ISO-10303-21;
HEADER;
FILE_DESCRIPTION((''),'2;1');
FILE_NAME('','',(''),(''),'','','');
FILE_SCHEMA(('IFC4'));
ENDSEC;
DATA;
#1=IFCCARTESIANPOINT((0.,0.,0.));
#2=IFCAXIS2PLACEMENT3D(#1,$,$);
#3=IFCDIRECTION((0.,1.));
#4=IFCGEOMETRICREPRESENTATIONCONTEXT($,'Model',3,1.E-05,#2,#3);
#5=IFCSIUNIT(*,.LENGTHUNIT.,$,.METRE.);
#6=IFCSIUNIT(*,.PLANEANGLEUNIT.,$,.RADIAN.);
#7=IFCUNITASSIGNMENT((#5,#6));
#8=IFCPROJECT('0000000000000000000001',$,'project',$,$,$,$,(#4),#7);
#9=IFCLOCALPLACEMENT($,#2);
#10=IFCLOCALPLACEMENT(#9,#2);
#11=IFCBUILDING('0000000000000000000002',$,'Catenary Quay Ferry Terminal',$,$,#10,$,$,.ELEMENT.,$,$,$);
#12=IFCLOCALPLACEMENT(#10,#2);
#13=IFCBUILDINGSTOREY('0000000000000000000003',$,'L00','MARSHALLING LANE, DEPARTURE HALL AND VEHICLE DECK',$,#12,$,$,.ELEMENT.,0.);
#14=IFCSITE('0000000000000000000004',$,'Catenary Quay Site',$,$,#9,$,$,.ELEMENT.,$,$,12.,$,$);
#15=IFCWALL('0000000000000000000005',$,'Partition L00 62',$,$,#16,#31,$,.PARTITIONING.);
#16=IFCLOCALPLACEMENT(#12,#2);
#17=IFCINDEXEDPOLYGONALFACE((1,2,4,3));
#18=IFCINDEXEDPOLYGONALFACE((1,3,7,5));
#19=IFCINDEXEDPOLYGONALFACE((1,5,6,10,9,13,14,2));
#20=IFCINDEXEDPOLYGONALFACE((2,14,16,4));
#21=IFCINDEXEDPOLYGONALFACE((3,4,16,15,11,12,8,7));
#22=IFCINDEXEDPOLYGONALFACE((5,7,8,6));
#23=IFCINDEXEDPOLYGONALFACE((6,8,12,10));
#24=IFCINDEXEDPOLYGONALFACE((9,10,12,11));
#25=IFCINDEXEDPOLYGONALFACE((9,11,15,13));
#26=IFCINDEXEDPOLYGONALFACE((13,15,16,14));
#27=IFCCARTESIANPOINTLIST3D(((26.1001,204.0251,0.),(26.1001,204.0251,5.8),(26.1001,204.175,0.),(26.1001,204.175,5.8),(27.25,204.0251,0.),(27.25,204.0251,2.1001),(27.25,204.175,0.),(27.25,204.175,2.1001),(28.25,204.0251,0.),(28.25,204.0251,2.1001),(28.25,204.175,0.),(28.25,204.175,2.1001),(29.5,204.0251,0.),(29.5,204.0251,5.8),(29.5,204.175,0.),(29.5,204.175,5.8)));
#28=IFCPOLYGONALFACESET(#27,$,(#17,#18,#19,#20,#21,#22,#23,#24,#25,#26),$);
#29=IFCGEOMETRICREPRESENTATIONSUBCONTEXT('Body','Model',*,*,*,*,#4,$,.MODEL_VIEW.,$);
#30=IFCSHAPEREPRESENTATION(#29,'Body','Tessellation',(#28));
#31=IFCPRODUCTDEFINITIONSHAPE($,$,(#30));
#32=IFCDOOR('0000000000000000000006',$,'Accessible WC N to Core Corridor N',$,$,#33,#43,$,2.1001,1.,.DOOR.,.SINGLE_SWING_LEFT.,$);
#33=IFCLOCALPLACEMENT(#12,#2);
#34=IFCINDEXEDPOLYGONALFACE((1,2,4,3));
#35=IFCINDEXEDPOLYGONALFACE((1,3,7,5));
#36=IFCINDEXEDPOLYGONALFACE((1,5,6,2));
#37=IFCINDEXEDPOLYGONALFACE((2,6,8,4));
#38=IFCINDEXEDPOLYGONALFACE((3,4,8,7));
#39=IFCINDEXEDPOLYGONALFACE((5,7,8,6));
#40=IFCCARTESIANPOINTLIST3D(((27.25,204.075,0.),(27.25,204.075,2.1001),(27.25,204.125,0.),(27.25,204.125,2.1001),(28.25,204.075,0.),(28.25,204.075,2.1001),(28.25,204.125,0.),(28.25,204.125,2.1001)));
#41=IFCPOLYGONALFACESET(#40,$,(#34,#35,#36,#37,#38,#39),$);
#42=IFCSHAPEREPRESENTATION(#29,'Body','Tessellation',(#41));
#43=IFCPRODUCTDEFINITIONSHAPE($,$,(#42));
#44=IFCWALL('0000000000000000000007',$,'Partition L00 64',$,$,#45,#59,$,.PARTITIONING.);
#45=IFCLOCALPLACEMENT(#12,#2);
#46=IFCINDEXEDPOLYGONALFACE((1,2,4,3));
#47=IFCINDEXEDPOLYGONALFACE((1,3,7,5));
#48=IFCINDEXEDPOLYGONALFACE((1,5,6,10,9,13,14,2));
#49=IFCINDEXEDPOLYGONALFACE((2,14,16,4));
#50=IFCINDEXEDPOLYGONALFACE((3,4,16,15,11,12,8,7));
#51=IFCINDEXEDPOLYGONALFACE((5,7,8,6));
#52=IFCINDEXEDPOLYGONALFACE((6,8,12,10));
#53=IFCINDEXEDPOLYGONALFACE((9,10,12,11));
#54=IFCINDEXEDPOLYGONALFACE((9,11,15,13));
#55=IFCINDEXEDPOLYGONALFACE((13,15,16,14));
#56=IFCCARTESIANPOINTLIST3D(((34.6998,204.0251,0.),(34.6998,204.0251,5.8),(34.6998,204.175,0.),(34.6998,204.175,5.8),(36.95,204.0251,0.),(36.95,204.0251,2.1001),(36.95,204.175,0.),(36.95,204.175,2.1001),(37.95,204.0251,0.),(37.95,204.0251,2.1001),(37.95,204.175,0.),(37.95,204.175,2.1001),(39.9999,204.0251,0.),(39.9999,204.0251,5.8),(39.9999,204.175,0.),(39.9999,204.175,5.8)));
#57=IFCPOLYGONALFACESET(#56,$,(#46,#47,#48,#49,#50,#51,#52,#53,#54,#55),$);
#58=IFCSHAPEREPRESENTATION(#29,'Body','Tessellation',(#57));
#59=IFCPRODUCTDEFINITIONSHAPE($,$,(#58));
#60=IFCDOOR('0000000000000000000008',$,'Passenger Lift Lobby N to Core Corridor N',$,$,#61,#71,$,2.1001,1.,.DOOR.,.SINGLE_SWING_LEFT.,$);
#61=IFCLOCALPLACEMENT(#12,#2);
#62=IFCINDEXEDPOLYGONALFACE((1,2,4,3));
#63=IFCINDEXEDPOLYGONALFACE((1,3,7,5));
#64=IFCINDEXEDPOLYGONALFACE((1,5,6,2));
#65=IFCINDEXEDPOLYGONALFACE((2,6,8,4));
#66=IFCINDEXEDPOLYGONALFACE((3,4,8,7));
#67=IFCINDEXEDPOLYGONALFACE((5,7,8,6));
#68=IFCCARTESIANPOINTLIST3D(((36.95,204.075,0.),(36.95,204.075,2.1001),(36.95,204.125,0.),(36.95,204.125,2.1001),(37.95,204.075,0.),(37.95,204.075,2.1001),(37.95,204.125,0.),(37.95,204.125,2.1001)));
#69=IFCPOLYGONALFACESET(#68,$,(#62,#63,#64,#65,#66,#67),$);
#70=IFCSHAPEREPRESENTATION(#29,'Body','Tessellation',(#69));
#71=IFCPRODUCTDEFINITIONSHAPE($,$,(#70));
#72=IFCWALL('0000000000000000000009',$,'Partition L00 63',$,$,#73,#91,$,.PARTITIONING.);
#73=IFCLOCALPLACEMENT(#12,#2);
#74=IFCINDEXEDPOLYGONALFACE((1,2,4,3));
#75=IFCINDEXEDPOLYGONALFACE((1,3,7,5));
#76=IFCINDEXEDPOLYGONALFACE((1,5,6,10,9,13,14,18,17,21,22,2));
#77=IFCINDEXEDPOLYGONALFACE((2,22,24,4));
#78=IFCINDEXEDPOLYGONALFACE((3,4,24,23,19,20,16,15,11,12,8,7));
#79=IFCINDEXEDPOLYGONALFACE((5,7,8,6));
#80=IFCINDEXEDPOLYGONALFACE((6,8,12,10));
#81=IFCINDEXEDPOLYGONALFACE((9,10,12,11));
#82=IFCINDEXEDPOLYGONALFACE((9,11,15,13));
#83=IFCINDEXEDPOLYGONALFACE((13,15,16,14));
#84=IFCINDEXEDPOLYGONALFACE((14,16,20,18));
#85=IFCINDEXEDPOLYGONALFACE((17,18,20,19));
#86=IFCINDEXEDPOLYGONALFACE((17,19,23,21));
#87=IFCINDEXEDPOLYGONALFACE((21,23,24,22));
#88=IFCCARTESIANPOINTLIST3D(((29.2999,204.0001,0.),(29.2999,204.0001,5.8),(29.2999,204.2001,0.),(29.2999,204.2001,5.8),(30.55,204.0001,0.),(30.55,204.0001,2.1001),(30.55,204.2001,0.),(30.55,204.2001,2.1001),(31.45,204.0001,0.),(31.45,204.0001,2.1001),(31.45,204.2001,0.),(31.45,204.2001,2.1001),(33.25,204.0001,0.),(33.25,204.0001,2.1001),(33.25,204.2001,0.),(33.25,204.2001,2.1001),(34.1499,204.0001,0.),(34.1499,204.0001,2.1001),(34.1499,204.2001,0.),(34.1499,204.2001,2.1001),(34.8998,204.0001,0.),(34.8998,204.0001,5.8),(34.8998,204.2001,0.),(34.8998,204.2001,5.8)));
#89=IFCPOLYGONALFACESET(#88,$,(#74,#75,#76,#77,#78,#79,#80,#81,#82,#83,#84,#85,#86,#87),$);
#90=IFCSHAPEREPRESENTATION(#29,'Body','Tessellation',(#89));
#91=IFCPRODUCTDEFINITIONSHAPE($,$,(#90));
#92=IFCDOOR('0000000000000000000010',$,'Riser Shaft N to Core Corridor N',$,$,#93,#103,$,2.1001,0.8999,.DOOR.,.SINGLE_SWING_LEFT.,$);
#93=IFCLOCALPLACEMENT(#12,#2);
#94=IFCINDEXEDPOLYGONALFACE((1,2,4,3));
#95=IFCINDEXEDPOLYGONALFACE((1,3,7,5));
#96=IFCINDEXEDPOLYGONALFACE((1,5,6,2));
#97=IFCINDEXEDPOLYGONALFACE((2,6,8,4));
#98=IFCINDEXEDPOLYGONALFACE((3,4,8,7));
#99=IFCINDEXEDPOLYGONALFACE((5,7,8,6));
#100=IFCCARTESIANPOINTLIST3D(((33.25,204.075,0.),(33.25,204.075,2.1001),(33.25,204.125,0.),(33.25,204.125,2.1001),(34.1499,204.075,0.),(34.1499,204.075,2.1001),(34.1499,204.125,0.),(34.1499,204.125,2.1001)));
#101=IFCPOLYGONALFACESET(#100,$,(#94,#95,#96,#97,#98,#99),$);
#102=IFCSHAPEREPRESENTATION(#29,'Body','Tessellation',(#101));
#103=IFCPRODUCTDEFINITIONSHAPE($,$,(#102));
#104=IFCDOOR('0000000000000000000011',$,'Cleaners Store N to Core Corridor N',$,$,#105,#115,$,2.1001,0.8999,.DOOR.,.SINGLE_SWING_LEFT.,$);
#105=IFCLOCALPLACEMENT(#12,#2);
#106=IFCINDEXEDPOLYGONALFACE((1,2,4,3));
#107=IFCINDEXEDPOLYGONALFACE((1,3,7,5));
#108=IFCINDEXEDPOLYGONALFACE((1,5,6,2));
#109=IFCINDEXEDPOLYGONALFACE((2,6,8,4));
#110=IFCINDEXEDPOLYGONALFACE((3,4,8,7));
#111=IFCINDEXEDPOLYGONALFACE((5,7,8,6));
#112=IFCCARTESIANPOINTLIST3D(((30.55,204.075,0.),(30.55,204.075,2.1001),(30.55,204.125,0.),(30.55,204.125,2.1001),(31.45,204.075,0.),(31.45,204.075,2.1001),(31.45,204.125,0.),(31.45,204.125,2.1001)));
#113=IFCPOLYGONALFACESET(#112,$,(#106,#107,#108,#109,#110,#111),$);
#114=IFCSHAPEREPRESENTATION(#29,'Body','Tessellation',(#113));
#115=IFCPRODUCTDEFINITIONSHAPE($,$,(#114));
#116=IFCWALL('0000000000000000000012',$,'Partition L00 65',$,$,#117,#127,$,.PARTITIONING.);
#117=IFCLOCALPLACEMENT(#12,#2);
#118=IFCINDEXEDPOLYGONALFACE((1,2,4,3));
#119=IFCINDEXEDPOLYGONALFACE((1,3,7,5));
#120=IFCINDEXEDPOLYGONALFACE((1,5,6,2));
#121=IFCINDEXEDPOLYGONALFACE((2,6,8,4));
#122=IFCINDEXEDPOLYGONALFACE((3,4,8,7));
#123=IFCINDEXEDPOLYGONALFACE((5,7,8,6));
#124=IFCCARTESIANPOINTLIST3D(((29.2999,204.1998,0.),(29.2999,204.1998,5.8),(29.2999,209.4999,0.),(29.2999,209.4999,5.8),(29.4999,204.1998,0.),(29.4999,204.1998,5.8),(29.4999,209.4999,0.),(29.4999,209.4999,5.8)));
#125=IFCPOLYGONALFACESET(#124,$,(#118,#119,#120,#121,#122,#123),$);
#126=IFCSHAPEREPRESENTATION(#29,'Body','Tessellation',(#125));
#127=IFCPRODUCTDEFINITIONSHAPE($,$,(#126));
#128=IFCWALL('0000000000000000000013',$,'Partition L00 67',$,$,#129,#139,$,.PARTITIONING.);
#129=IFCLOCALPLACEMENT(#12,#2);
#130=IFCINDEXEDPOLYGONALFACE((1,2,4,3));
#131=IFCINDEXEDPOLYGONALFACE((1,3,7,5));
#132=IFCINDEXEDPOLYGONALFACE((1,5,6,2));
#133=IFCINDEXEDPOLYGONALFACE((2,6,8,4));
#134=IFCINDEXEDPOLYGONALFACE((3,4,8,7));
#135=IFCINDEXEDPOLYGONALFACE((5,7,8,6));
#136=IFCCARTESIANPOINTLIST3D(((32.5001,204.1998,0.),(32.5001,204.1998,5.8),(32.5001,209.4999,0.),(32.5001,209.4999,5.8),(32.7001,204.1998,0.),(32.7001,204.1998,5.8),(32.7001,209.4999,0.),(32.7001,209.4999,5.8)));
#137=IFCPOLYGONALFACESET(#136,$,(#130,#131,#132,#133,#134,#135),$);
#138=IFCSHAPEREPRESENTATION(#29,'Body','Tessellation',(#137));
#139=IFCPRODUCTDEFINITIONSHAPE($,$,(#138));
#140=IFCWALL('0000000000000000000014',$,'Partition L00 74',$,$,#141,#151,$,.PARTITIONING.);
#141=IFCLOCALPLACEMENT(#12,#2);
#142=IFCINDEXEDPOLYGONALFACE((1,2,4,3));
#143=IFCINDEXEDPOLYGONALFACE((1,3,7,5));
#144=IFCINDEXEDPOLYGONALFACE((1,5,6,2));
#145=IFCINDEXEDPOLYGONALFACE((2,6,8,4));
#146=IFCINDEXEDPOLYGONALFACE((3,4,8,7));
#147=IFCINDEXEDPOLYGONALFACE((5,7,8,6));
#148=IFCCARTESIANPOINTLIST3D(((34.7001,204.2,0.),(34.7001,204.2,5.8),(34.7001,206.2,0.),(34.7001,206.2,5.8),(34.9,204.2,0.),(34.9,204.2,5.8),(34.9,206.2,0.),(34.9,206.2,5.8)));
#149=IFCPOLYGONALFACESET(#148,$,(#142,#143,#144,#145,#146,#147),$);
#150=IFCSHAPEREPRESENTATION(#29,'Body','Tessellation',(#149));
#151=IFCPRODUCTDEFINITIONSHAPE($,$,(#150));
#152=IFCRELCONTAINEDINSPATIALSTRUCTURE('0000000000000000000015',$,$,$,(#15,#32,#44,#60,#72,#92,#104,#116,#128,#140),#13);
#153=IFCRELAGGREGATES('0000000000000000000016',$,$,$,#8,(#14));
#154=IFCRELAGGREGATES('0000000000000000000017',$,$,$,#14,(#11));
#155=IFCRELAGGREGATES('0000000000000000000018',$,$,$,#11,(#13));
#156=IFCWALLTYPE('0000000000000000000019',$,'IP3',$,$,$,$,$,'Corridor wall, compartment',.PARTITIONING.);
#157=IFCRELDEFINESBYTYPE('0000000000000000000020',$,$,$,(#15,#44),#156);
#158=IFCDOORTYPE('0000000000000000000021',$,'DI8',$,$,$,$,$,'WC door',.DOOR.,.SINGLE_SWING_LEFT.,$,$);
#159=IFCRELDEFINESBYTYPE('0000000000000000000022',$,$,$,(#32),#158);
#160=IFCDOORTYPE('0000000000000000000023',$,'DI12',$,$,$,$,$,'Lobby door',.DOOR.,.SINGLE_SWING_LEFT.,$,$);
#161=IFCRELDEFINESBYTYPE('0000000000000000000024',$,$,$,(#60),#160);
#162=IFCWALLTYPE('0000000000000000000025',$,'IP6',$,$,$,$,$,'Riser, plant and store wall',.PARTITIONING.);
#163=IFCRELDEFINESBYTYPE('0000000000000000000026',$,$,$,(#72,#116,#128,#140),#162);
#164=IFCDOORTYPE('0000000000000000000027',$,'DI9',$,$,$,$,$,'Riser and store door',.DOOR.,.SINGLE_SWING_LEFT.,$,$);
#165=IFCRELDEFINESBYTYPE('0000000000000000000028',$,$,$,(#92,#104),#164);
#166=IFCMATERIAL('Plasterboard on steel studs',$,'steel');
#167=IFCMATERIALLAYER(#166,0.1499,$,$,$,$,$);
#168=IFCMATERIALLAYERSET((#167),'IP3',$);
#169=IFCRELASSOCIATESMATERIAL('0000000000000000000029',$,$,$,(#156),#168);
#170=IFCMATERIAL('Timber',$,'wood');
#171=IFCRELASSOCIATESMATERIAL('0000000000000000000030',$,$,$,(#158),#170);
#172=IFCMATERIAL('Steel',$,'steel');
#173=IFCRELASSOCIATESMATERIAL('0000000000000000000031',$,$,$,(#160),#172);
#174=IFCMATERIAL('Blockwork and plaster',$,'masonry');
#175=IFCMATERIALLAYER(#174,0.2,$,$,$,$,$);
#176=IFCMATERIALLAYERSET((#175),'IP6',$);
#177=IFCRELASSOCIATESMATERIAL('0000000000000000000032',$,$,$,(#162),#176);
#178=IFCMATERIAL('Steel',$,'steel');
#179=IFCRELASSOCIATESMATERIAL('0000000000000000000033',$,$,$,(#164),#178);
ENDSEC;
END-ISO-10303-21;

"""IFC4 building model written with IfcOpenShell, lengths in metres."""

from ifc_helpers import new_model, si_unit, direction, frame, frame_2d, origin, place, context, subcontext, project, spatial, rectangle, extrude, material, layer, layer_set, type_object, element, fill, save


model = new_model("IFC4")

# Units and contexts
model_context = context("Model", 3, precision=1e-05, world=origin(), true_north=direction((0.0, 1.0)))
body_context = subcontext(model_context, "Body", "Model", "MODEL_VIEW")
ifc_project = project(units=[si_unit("LENGTHUNIT", "METRE"), si_unit("PLANEANGLEUNIT", "RADIAN")], contexts=[model_context])

# Site, building, storey
site_placement = place(None, origin())
site = spatial("IfcSite", under=ifc_project, at=site_placement, Name="Catenary Quay Site", CompositionType="ELEMENT", RefElevation=12.0)
building_placement = place(site_placement, origin())
building = spatial("IfcBuilding", under=site, at=building_placement, Name="Catenary Quay Ferry Terminal", CompositionType="ELEMENT")
storey_placement = place(building_placement, origin())
storey = spatial("IfcBuildingStorey", under=building, at=storey_placement, Name="L00", Description="MARSHALLING LANE, DEPARTURE HALL AND VEHICLE DECK", CompositionType="ELEMENT", Elevation=0.0)

# Walls, openings, doors
ifc_material_1 = material(Name="Plasterboard on steel studs", Category="steel")
ifc_layer_1 = layer(ifc_material_1, 0.1499)
ifc_layer_set_1 = layer_set([ifc_layer_1], Name="IP3")
wall_type_1 = type_object("IfcWallType", Name="IP3", ElementType="Corridor wall, compartment", PredefinedType="PARTITIONING", material=ifc_layer_set_1)
wall_1_placement = place(storey_placement, frame((26.1001, 204.1001, 0.0), z_axis=(0.0, 0.0, 1.0), x_axis=(1.0, 0.0, 0.0)))
wall_1 = element("IfcWall", 1, at=wall_1_placement, inside=storey, type_object=wall_type_1, Name="Partition L00 62", PredefinedType="PARTITIONING", context=body_context, shape_type="SweptSolid", body=[
    extrude(rectangle(XDim=3.3999, YDim=0.1499, at=frame_2d((1.7, 0.0))), origin(), (0.0, 0.0, 1.0), 5.8),
])
opening_1_placement = place(wall_1_placement, frame((1.1499, 0.0, 0.0)))
opening_1 = element("IfcOpeningElement", 2, at=opening_1_placement, cuts=wall_1, PredefinedType="OPENING", context=body_context, shape_type="SweptSolid", body=[
    extrude(rectangle(XDim=1.0, YDim=2.1001, at=frame_2d((0.5, 1.05))), frame((0.0, 0.085, 0.0), z_axis=(0.0, -1.0, 0.0), x_axis=(1.0, 0.0, 0.0)), (0.0, 0.0, 1.0), 0.1699),
])
ifc_material_2 = material(Name="Timber", Category="wood")
door_type_1 = type_object("IfcDoorType", Name="DI8", ElementType="WC door", OperationType="SINGLE_SWING_LEFT", PredefinedType="DOOR", material=ifc_material_2)
door_1_placement = place(opening_1_placement, origin())
door_1 = element("IfcDoor", 3, at=door_1_placement, inside=storey, type_object=door_type_1, Name="Accessible WC N to Core Corridor N", OperationType="SINGLE_SWING_LEFT", OverallHeight=2.1001, OverallWidth=1.0, PredefinedType="DOOR", context=body_context, shape_type="SweptSolid", body=[
    extrude(rectangle(XDim=1.0, YDim=2.1001, at=frame_2d((0.5, 1.05))), frame((0.0, 0.0249, 0.0), z_axis=(0.0, -1.0, 0.0), x_axis=(1.0, 0.0, 0.0)), (0.0, 0.0, 1.0), 0.05),
])
fill(opening_1, door_1)
wall_2_placement = place(storey_placement, frame((34.7, 204.1001, 0.0), z_axis=(0.0, 0.0, 1.0), x_axis=(1.0, 0.0, 0.0)))
wall_2 = element("IfcWall", 4, at=wall_2_placement, inside=storey, type_object=wall_type_1, Name="Partition L00 64", PredefinedType="PARTITIONING", context=body_context, shape_type="SweptSolid", body=[
    extrude(rectangle(XDim=5.3, YDim=0.1499, at=frame_2d((2.6499, 0.0))), origin(), (0.0, 0.0, 1.0), 5.8),
])
opening_2_placement = place(wall_2_placement, frame((2.25, 0.0, 0.0)))
opening_2 = element("IfcOpeningElement", 5, at=opening_2_placement, cuts=wall_2, PredefinedType="OPENING", context=body_context, shape_type="SweptSolid", body=[
    extrude(rectangle(XDim=1.0, YDim=2.1001, at=frame_2d((0.5, 1.05))), frame((0.0, 0.085, 0.0), z_axis=(0.0, -1.0, 0.0), x_axis=(1.0, 0.0, 0.0)), (0.0, 0.0, 1.0), 0.1699),
])
ifc_material_3 = material(Name="Steel", Category="steel")
door_type_2 = type_object("IfcDoorType", Name="DI12", ElementType="Lobby door", OperationType="SINGLE_SWING_LEFT", PredefinedType="DOOR", material=ifc_material_3)
door_2_placement = place(opening_2_placement, origin())
door_2 = element("IfcDoor", 6, at=door_2_placement, inside=storey, type_object=door_type_2, Name="Passenger Lift Lobby N to Core Corridor N", OperationType="SINGLE_SWING_LEFT", OverallHeight=2.1001, OverallWidth=1.0, PredefinedType="DOOR", context=body_context, shape_type="SweptSolid", body=[
    extrude(rectangle(XDim=1.0, YDim=2.1001, at=frame_2d((0.5, 1.05))), frame((0.0, 0.0249, 0.0), z_axis=(0.0, -1.0, 0.0), x_axis=(1.0, 0.0, 0.0)), (0.0, 0.0, 1.0), 0.05),
])
fill(opening_2, door_2)

# Wall, openings, doors
ifc_material_4 = material(Name="Blockwork and plaster", Category="masonry")
ifc_layer_2 = layer(ifc_material_4, 0.2)
ifc_layer_set_2 = layer_set([ifc_layer_2], Name="IP6")
wall_type_2 = type_object("IfcWallType", Name="IP6", ElementType="Riser, plant and store wall", PredefinedType="PARTITIONING", material=ifc_layer_set_2)
wall_3_placement = place(storey_placement, frame((29.3, 204.1001, 0.0), z_axis=(0.0, 0.0, 1.0), x_axis=(1.0, 0.0, 0.0)))
wall_3 = element("IfcWall", 7, at=wall_3_placement, inside=storey, type_object=wall_type_2, Name="Partition L00 63", PredefinedType="PARTITIONING", context=body_context, shape_type="SweptSolid", body=[
    extrude(rectangle(XDim=5.5999, YDim=0.2, at=frame_2d((2.7998, 0.0))), origin(), (0.0, 0.0, 1.0), 5.8),
])
opening_3_placement = place(wall_3_placement, frame((3.95, 0.0, 0.0)))
opening_3 = element("IfcOpeningElement", 8, at=opening_3_placement, cuts=wall_3, PredefinedType="OPENING", context=body_context, shape_type="SweptSolid", body=[
    extrude(rectangle(XDim=0.8999, YDim=2.1001, at=frame_2d((0.45, 1.05))), frame((0.0, 0.1099, 0.0), z_axis=(0.0, -1.0, 0.0), x_axis=(1.0, 0.0, 0.0)), (0.0, 0.0, 1.0), 0.22),
])
opening_4_placement = place(wall_3_placement, frame((1.25, 0.0, 0.0)))
opening_4 = element("IfcOpeningElement", 9, at=opening_4_placement, cuts=wall_3, PredefinedType="OPENING", context=body_context, shape_type="SweptSolid", body=[
    extrude(rectangle(XDim=0.8999, YDim=2.1001, at=frame_2d((0.45, 1.05))), frame((0.0, 0.1099, 0.0), z_axis=(0.0, -1.0, 0.0), x_axis=(1.0, 0.0, 0.0)), (0.0, 0.0, 1.0), 0.22),
])
ifc_material_5 = material(Name="Steel", Category="steel")
door_type_3 = type_object("IfcDoorType", Name="DI9", ElementType="Riser and store door", OperationType="SINGLE_SWING_LEFT", PredefinedType="DOOR", material=ifc_material_5)
door_3_placement = place(opening_3_placement, origin())
door_3 = element("IfcDoor", 10, at=door_3_placement, inside=storey, type_object=door_type_3, Name="Riser Shaft N to Core Corridor N", OperationType="SINGLE_SWING_LEFT", OverallHeight=2.1001, OverallWidth=0.8999, PredefinedType="DOOR", context=body_context, shape_type="SweptSolid", body=[
    extrude(rectangle(XDim=0.8999, YDim=2.1001, at=frame_2d((0.45, 1.05))), frame((0.0, 0.0249, 0.0), z_axis=(0.0, -1.0, 0.0), x_axis=(1.0, 0.0, 0.0)), (0.0, 0.0, 1.0), 0.05),
])
fill(opening_3, door_3)
door_4_placement = place(opening_4_placement, origin())
door_4 = element("IfcDoor", 11, at=door_4_placement, inside=storey, type_object=door_type_3, Name="Cleaners Store N to Core Corridor N", OperationType="SINGLE_SWING_LEFT", OverallHeight=2.1001, OverallWidth=0.8999, PredefinedType="DOOR", context=body_context, shape_type="SweptSolid", body=[
    extrude(rectangle(XDim=0.8999, YDim=2.1001, at=frame_2d((0.45, 1.05))), frame((0.0, 0.0249, 0.0), z_axis=(0.0, -1.0, 0.0), x_axis=(1.0, 0.0, 0.0)), (0.0, 0.0, 1.0), 0.05),
])
fill(opening_4, door_4)

# Walls
for number, where, z_axis, x_axis, name in (
    (12, (29.3999, 204.2, 0.0), (0.0, 0.0, 1.0), (0.0, 1.0, 0.0), "Partition L00 65"),
    (13, (32.6001, 204.2, 0.0), (0.0, 0.0, 1.0), (0.0, 1.0, 0.0), "Partition L00 67"),
):
    element("IfcWall", number, at=place(storey_placement, frame(where, z_axis=z_axis, x_axis=x_axis)), inside=storey, type_object=wall_type_2, Name=name, PredefinedType="PARTITIONING", context=body_context, shape_type="SweptSolid", body=[
        extrude(rectangle(XDim=5.3, YDim=0.2, at=frame_2d((2.6499, 0.0))), origin(), (0.0, 0.0, 1.0), 5.8),
    ])
wall_4_placement = place(storey_placement, frame((34.8, 204.2, 0.0), z_axis=(0.0, 0.0, 1.0), x_axis=(0.0, 1.0, 0.0)))
element("IfcWall", 14, at=wall_4_placement, inside=storey, type_object=wall_type_2, Name="Partition L00 74", PredefinedType="PARTITIONING", context=body_context, shape_type="SweptSolid", body=[
    extrude(rectangle(XDim=2.0, YDim=0.2, at=frame_2d((1.0, 0.0))), origin(), (0.0, 0.0, 1.0), 5.8),
])

save(model, "model.ifc")
